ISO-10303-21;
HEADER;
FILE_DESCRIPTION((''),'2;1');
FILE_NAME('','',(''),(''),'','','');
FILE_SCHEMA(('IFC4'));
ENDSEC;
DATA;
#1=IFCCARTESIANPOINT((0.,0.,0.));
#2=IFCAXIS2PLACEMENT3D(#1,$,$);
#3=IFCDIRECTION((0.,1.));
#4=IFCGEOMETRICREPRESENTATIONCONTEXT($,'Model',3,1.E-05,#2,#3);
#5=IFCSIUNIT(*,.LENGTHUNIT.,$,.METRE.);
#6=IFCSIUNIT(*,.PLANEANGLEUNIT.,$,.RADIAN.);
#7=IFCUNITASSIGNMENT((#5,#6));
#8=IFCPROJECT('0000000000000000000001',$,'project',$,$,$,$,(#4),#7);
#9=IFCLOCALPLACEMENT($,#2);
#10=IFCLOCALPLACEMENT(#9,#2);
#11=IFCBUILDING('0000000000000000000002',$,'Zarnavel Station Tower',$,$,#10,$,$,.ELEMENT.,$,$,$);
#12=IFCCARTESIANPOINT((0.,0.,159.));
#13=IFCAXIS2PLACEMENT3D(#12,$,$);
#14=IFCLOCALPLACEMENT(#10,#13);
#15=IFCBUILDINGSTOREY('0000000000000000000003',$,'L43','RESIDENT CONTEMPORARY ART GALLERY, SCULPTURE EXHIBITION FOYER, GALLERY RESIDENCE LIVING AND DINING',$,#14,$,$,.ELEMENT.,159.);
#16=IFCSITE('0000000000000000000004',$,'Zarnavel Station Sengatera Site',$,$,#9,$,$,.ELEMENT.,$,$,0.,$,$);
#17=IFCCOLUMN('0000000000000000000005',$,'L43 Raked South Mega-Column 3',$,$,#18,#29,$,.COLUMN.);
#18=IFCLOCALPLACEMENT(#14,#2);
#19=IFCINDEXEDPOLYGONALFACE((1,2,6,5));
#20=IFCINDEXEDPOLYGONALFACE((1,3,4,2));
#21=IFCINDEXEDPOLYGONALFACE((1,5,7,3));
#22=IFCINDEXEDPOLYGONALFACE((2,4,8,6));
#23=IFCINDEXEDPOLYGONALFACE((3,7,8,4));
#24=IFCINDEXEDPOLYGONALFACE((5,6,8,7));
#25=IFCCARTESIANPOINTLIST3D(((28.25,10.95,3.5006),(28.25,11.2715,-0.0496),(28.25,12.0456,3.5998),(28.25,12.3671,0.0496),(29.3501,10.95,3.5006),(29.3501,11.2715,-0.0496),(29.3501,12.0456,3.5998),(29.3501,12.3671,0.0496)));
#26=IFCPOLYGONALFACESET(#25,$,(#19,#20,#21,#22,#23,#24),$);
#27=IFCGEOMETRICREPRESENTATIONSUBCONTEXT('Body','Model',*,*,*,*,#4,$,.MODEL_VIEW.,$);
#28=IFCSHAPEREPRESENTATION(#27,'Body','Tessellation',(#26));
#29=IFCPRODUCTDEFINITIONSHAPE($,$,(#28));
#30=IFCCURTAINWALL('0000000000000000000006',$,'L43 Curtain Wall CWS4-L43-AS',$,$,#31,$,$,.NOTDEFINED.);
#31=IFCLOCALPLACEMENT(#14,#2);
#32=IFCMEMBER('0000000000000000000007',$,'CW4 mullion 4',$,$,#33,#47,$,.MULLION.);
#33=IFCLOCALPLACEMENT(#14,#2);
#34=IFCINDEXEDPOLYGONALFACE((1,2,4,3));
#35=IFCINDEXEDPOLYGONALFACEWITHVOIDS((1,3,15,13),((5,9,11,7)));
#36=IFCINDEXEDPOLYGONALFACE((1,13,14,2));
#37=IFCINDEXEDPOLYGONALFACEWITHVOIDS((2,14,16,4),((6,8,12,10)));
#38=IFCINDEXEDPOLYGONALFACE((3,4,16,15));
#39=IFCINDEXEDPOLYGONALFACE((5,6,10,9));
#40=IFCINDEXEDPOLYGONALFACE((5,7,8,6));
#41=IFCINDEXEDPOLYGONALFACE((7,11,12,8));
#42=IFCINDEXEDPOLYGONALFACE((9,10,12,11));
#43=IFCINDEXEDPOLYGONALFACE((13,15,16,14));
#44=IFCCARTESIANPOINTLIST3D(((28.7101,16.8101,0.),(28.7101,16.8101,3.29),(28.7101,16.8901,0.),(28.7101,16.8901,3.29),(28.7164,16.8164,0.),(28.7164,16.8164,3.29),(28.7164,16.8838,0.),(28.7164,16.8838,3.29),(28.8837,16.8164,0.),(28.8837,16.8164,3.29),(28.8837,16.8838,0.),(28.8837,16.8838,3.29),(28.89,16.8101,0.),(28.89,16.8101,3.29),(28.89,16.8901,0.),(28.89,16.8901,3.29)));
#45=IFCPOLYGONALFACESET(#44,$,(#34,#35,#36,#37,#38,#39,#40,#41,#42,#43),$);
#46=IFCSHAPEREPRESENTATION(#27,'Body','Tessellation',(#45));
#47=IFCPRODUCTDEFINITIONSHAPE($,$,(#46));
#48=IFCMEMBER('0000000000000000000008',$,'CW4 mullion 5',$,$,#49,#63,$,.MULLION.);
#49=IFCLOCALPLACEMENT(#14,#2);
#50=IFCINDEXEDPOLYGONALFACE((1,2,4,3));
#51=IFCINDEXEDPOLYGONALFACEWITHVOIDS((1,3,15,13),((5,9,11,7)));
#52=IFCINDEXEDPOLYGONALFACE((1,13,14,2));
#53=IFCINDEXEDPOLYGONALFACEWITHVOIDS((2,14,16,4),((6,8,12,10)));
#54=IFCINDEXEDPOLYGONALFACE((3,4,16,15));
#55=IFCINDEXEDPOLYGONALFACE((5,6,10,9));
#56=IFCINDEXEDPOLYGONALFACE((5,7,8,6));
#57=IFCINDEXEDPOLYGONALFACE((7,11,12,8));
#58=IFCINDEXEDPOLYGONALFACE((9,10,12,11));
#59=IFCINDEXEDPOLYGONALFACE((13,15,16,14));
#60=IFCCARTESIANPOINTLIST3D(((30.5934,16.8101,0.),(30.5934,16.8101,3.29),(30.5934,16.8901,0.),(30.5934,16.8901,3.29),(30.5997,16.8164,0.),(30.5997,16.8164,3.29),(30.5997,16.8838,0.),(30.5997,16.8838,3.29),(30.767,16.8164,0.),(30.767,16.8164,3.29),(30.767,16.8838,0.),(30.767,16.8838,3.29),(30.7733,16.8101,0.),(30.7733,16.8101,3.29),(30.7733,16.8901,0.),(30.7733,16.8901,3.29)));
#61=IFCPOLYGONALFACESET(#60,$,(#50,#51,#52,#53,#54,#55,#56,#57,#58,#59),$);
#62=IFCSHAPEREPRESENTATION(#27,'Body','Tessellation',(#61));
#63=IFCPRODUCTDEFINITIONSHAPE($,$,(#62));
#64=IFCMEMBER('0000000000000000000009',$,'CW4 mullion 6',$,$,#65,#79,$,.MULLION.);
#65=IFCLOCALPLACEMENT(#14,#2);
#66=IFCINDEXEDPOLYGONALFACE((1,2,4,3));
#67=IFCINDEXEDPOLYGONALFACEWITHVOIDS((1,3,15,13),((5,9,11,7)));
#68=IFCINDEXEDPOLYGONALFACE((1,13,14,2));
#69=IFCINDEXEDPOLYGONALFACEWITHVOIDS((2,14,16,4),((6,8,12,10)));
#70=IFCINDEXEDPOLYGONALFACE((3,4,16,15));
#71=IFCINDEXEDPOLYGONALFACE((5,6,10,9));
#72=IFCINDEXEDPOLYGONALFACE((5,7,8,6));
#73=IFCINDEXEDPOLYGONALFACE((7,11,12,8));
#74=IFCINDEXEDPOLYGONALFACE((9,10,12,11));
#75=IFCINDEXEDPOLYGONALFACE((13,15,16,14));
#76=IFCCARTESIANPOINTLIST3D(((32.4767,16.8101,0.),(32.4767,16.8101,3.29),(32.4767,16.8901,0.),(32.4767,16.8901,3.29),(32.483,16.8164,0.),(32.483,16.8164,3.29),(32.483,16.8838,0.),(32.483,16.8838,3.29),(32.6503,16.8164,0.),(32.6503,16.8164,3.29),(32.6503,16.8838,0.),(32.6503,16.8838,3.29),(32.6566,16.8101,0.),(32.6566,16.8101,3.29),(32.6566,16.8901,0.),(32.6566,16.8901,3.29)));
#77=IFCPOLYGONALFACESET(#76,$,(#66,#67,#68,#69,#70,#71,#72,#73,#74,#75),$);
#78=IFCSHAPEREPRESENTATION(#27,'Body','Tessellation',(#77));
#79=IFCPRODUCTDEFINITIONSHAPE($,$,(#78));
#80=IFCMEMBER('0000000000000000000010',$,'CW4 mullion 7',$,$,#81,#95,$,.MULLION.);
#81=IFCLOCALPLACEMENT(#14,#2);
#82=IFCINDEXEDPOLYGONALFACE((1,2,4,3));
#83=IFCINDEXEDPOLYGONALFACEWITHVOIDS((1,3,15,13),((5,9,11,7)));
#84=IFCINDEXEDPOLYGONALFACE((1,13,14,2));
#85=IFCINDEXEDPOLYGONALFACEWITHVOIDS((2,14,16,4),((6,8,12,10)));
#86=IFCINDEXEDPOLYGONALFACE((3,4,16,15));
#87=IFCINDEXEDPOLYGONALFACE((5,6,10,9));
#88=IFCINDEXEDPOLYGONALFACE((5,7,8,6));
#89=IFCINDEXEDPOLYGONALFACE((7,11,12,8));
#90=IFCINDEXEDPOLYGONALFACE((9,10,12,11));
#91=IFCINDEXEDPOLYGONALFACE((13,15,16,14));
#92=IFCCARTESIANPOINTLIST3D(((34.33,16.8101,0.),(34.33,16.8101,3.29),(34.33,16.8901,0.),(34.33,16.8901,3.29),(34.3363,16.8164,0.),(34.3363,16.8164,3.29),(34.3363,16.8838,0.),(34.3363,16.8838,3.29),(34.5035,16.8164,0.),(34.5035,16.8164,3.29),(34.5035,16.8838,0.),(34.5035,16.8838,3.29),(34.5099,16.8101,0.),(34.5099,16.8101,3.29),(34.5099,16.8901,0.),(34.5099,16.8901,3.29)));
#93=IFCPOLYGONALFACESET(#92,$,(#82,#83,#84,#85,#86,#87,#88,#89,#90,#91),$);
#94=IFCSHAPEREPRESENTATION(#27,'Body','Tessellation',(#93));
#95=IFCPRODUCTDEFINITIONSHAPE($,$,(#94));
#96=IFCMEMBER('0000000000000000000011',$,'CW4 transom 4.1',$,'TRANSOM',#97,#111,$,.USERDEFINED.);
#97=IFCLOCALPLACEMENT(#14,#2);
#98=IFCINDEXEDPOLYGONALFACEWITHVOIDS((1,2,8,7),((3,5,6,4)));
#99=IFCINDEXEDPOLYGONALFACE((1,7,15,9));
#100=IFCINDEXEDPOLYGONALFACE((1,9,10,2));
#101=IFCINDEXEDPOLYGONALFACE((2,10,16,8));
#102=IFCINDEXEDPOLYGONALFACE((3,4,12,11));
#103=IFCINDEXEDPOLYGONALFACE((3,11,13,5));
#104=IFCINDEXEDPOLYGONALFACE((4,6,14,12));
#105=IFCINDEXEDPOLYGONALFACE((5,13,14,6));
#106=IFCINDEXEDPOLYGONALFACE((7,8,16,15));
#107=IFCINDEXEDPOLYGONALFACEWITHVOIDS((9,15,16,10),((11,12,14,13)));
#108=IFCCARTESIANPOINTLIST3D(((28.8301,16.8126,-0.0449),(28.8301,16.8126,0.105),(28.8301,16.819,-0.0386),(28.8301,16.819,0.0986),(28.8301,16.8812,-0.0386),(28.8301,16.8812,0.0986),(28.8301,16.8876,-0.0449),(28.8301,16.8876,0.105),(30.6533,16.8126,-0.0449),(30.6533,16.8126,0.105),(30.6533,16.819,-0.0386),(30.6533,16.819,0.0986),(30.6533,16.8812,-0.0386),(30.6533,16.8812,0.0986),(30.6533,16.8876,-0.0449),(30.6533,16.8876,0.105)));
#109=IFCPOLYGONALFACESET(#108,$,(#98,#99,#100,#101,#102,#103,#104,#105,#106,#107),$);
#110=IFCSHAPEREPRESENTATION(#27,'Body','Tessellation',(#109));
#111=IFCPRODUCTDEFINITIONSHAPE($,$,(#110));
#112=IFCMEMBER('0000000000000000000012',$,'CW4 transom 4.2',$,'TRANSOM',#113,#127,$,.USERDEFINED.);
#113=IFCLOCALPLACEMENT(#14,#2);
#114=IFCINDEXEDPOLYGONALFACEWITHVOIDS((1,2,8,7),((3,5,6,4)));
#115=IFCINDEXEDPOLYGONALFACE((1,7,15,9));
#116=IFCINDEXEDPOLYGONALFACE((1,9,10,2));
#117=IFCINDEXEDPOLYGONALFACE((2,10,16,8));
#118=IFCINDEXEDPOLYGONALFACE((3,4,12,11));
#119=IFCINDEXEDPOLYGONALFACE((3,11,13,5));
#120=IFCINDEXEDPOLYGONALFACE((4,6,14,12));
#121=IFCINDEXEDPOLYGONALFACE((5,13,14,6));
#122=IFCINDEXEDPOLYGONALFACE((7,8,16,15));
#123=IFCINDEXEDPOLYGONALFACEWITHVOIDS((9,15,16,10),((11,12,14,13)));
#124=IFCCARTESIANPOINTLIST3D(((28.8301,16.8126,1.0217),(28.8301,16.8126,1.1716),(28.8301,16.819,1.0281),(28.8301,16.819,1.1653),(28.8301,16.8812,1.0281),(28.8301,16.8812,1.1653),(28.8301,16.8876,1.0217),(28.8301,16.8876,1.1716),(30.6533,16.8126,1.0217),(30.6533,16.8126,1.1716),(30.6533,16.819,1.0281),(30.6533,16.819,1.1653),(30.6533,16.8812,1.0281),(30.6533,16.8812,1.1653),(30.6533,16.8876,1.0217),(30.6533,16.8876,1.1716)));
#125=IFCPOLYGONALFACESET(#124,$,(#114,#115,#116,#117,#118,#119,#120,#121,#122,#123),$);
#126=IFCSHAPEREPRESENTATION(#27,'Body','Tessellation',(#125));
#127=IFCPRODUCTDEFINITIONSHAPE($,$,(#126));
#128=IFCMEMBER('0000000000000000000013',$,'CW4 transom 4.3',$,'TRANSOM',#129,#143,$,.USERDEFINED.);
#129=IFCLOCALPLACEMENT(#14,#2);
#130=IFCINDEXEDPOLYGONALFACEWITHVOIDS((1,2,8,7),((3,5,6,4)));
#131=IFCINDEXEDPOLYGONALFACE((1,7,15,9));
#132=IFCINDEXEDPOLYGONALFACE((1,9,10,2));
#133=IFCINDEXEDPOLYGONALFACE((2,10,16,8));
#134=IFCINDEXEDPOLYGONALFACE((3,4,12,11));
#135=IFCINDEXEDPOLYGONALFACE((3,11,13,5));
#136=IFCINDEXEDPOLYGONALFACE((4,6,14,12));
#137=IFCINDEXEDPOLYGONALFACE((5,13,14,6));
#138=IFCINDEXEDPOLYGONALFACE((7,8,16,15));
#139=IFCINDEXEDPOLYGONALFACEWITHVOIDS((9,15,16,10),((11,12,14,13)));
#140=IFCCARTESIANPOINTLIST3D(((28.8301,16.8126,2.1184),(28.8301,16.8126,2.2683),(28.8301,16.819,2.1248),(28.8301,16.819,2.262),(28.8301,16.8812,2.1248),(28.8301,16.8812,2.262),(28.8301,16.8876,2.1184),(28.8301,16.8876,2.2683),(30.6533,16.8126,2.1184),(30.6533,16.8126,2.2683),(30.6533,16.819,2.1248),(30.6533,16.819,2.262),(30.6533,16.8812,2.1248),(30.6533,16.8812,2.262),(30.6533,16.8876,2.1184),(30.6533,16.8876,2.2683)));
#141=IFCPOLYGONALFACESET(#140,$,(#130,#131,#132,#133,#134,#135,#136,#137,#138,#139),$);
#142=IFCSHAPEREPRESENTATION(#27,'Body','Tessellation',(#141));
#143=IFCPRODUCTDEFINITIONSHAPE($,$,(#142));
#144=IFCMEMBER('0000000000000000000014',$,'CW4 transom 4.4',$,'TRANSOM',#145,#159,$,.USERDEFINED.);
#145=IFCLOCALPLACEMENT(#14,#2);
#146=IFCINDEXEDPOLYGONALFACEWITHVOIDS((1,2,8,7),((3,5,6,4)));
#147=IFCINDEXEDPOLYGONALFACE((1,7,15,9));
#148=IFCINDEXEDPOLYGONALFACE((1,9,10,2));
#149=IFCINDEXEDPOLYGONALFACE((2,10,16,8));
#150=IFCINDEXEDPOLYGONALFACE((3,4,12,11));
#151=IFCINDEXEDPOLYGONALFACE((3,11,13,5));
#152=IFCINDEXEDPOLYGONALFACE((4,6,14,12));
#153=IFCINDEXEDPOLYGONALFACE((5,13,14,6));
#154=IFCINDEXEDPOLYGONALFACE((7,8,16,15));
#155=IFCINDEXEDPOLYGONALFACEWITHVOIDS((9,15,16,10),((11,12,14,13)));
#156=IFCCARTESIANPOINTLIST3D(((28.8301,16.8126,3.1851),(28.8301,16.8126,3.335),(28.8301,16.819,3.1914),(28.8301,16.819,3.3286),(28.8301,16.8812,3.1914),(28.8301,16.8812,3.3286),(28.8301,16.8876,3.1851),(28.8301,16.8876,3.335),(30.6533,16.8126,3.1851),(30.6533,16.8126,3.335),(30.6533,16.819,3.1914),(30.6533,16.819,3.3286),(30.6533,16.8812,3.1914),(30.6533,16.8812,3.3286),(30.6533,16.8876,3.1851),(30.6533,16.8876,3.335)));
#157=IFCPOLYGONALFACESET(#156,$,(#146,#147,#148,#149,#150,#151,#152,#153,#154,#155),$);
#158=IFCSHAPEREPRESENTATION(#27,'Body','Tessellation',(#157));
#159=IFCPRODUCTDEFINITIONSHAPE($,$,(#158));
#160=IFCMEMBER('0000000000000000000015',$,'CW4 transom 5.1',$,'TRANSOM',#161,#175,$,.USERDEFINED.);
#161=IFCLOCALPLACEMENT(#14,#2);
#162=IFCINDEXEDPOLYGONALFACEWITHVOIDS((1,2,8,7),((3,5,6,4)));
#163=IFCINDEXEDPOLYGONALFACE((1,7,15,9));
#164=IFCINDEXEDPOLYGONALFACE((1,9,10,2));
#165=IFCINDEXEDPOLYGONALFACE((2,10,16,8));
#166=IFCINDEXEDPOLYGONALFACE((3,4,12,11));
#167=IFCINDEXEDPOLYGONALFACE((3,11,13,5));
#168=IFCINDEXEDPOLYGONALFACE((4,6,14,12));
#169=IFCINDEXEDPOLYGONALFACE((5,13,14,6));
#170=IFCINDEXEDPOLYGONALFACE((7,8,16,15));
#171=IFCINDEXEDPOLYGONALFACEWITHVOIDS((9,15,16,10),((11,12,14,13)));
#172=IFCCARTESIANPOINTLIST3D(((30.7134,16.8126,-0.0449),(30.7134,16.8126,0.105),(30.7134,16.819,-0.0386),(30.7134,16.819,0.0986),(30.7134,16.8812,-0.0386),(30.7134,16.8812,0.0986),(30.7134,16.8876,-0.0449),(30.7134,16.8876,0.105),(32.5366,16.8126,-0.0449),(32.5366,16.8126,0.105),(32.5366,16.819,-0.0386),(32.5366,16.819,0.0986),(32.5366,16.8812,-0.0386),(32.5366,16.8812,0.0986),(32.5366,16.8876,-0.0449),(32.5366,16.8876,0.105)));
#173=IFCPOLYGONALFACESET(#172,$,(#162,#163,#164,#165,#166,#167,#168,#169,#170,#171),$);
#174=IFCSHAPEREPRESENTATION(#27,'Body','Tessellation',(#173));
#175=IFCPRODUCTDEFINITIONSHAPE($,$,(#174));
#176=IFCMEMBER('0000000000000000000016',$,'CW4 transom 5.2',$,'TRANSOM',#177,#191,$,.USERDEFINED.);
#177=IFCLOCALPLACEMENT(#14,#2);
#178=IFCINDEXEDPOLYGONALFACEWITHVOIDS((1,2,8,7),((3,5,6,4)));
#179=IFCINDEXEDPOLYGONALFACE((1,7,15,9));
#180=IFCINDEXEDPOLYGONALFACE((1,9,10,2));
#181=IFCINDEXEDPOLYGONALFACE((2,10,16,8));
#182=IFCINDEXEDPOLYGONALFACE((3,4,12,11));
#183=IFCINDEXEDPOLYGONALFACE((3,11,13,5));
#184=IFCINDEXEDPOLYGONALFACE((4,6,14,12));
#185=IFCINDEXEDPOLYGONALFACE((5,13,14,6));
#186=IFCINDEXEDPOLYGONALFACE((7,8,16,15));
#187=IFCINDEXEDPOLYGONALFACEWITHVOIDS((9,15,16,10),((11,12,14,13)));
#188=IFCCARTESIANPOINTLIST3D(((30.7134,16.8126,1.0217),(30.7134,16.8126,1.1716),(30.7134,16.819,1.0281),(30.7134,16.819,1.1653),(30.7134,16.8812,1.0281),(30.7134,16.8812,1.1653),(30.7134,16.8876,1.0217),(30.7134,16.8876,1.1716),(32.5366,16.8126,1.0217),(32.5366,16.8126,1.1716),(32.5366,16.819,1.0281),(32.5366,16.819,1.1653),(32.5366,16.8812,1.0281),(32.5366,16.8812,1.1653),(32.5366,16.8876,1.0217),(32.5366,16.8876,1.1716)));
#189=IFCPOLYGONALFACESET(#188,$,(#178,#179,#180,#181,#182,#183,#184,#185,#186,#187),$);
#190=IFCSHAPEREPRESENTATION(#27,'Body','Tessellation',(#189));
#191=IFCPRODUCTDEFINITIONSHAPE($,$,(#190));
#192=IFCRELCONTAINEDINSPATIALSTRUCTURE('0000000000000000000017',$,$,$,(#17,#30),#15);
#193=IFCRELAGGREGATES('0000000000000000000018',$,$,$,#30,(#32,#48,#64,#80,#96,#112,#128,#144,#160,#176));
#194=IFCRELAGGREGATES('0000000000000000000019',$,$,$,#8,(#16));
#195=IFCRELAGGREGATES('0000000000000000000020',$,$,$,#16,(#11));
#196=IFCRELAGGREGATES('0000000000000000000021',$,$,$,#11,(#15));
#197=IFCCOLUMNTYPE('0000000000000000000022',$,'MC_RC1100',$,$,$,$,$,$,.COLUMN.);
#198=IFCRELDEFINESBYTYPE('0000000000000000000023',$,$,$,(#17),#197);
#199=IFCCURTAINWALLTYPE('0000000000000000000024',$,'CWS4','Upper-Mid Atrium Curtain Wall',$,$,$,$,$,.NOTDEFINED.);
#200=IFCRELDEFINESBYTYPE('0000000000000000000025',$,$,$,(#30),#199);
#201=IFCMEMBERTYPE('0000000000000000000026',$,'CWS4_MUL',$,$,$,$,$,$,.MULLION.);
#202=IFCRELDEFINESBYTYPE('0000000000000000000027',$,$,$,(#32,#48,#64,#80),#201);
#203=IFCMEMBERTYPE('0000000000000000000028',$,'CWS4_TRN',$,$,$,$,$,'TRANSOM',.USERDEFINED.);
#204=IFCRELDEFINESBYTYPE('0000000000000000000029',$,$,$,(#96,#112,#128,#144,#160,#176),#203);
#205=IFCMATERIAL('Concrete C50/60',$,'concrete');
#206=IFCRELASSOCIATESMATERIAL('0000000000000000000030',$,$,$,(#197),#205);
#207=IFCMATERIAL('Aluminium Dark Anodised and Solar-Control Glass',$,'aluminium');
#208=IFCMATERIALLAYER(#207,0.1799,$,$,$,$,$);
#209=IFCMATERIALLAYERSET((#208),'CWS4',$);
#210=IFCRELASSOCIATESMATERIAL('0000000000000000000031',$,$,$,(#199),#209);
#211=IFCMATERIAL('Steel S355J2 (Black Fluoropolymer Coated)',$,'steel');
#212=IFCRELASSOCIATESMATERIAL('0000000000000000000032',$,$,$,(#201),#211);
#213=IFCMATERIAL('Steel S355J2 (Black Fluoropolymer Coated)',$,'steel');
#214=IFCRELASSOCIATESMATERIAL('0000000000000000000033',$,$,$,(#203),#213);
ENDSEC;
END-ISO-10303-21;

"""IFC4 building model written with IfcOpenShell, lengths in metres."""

from ifc_helpers import new_model, si_unit, direction, frame, origin, origin_2d, place, context, subcontext, project, spatial, rectangle, hollow_rectangle, extrude, material, layer, layer_set, material_profile, profile_set, type_object, element, aggregate, save


model = new_model("IFC4")

# Units and contexts
model_context = context("Model", 3, precision=1e-05, world=origin(), true_north=direction((0.0, 1.0)))
body_context = subcontext(model_context, "Body", "Model", "MODEL_VIEW")
ifc_project = project(units=[si_unit("LENGTHUNIT", "METRE"), si_unit("PLANEANGLEUNIT", "RADIAN")], contexts=[model_context])

# Site, building, storey
site_placement = place(None, origin())
site = spatial("IfcSite", under=ifc_project, at=site_placement, Name="Zarnavel Station Sengatera Site", CompositionType="ELEMENT", RefElevation=0.0)
building_placement = place(site_placement, origin())
building = spatial("IfcBuilding", under=site, at=building_placement, Name="Zarnavel Station Tower", CompositionType="ELEMENT")
storey_placement = place(building_placement, frame((0.0, 0.0, 159.0)))
storey = spatial("IfcBuildingStorey", under=building, at=storey_placement, Name="L43", Description="RESIDENT CONTEMPORARY ART GALLERY, SCULPTURE EXHIBITION FOYER, GALLERY RESIDENCE LIVING AND DINING", CompositionType="ELEMENT", Elevation=159.0)

# Column
ifc_material_1 = material(Name="Concrete C50/60", Category="concrete")
ifc_material_profile_1 = material_profile(ifc_material_1, rectangle(XDim=1.1001, YDim=1.1001, at=origin_2d()), Name="RC1100x1100")
ifc_profile_set_1 = profile_set([ifc_material_profile_1], Name="Concrete C50/60")
column_type = type_object("IfcColumnType", Name="MC_RC1100", PredefinedType="COLUMN", material=ifc_profile_set_1)
column_placement = place(storey_placement, frame((28.8, 11.8193, 0.0), z_axis=(0.0, -0.090202, 0.995923), x_axis=(1.0, 0.0, 0.0)))
element("IfcColumn", 1, at=column_placement, inside=storey, type_object=column_type, Name="L43 Raked South Mega-Column 3", PredefinedType="COLUMN", context=body_context, shape_type="SweptSolid", body=[
    extrude(rectangle(XDim=1.1001, YDim=1.1001, at=origin_2d()), origin(), (0.0, 0.0, 1.0), 3.5647),
])

# Curtain wall, members
ifc_material_2 = material(Name="Aluminium Dark Anodised and Solar-Control Glass", Category="aluminium")
ifc_layer_1 = layer(ifc_material_2, 0.1799)
ifc_layer_set_1 = layer_set([ifc_layer_1], Name="CWS4")
curtain_wall_type = type_object("IfcCurtainWallType", Name="CWS4", Description="Upper-Mid Atrium Curtain Wall", PredefinedType="NOTDEFINED", material=ifc_layer_set_1)
curtain_wall_placement = place(storey_placement, origin())
curtain_wall = element("IfcCurtainWall", 2, at=curtain_wall_placement, inside=storey, type_object=curtain_wall_type, Name="L43 Curtain Wall CWS4-L43-AS", PredefinedType="NOTDEFINED")
ifc_material_3 = material(Name="Steel S355J2 (Black Fluoropolymer Coated)", Category="steel")
ifc_material_profile_2 = material_profile(ifc_material_3, hollow_rectangle(XDim=0.0801, YDim=0.1799, WallThickness=0.0063, at=origin_2d()), Name="RHS180x80x6.3")
ifc_profile_set_2 = profile_set([ifc_material_profile_2], Name="Steel S355J2 (Black Fluoropolymer Coated)")
member_type_1 = type_object("IfcMemberType", Name="CWS4_MUL", PredefinedType="MULLION", material=ifc_profile_set_2)
member_1_placement = place(storey_placement, frame((28.8, 16.8501, 0.0), z_axis=(0.0, 0.0, 1.0), x_axis=(0.0, 1.0, 0.0)))
member_1 = element("IfcMember", 3, at=member_1_placement, type_object=member_type_1, Name="CW4 mullion 4", PredefinedType="MULLION", context=body_context, shape_type="SweptSolid", body=[
    extrude(hollow_rectangle(XDim=0.0801, YDim=0.1799, WallThickness=0.0063, at=origin_2d()), origin(), (0.0, 0.0, 1.0), 3.29),
])
member_2_placement = place(storey_placement, frame((30.6833, 16.8501, 0.0), z_axis=(0.0, 0.0, 1.0), x_axis=(0.0, 1.0, 0.0)))
member_2 = element("IfcMember", 4, at=member_2_placement, type_object=member_type_1, Name="CW4 mullion 5", PredefinedType="MULLION", context=body_context, shape_type="SweptSolid", body=[
    extrude(hollow_rectangle(XDim=0.0801, YDim=0.1799, WallThickness=0.0063, at=origin_2d()), origin(), (0.0, 0.0, 1.0), 3.29),
])
member_3_placement = place(storey_placement, frame((32.5667, 16.8501, 0.0), z_axis=(0.0, 0.0, 1.0), x_axis=(0.0, 1.0, 0.0)))
member_3 = element("IfcMember", 5, at=member_3_placement, type_object=member_type_1, Name="CW4 mullion 6", PredefinedType="MULLION", context=body_context, shape_type="SweptSolid", body=[
    extrude(hollow_rectangle(XDim=0.0801, YDim=0.1799, WallThickness=0.0063, at=origin_2d()), origin(), (0.0, 0.0, 1.0), 3.29),
])
member_4_placement = place(storey_placement, frame((34.4199, 16.8501, 0.0), z_axis=(0.0, 0.0, 1.0), x_axis=(0.0, 1.0, 0.0)))
member_4 = element("IfcMember", 6, at=member_4_placement, type_object=member_type_1, Name="CW4 mullion 7", PredefinedType="MULLION", context=body_context, shape_type="SweptSolid", body=[
    extrude(hollow_rectangle(XDim=0.0801, YDim=0.1799, WallThickness=0.0063, at=origin_2d()), origin(), (0.0, 0.0, 1.0), 3.29),
])
ifc_material_4 = material(Name="Steel S355J2 (Black Fluoropolymer Coated)", Category="steel")
ifc_material_profile_3 = material_profile(ifc_material_4, hollow_rectangle(XDim=0.075, YDim=0.1499, WallThickness=0.0063, at=origin_2d()), Name="RHS150x75x6.3")
ifc_profile_set_3 = profile_set([ifc_material_profile_3], Name="Steel S355J2 (Black Fluoropolymer Coated)")
member_type_2 = type_object("IfcMemberType", Name="CWS4_TRN", ElementType="TRANSOM", PredefinedType="USERDEFINED", material=ifc_profile_set_3)
member_5_placement = place(storey_placement, frame((28.8301, 16.8501, 0.03), z_axis=(1.0, 0.0, 0.0), x_axis=(0.0, 1.0, 0.0)))
member_5 = element("IfcMember", 7, at=member_5_placement, type_object=member_type_2, Name="CW4 transom 4.1", ObjectType="TRANSOM", PredefinedType="USERDEFINED", context=body_context, shape_type="SweptSolid", body=[
    extrude(hollow_rectangle(XDim=0.075, YDim=0.1499, WallThickness=0.0063, at=origin_2d()), origin(), (0.0, 0.0, 1.0), 1.8232),
])
member_6_placement = place(storey_placement, frame((28.8301, 16.8501, 1.0967), z_axis=(1.0, 0.0, 0.0), x_axis=(0.0, 1.0, 0.0)))
member_6 = element("IfcMember", 8, at=member_6_placement, type_object=member_type_2, Name="CW4 transom 4.2", ObjectType="TRANSOM", PredefinedType="USERDEFINED", context=body_context, shape_type="SweptSolid", body=[
    extrude(hollow_rectangle(XDim=0.075, YDim=0.1499, WallThickness=0.0063, at=origin_2d()), origin(), (0.0, 0.0, 1.0), 1.8232),
])
member_7_placement = place(storey_placement, frame((28.8301, 16.8501, 2.1934), z_axis=(1.0, 0.0, 0.0), x_axis=(0.0, 1.0, 0.0)))
member_7 = element("IfcMember", 9, at=member_7_placement, type_object=member_type_2, Name="CW4 transom 4.3", ObjectType="TRANSOM", PredefinedType="USERDEFINED", context=body_context, shape_type="SweptSolid", body=[
    extrude(hollow_rectangle(XDim=0.075, YDim=0.1499, WallThickness=0.0063, at=origin_2d()), origin(), (0.0, 0.0, 1.0), 1.8232),
])
member_8_placement = place(storey_placement, frame((28.8301, 16.8501, 3.26), z_axis=(1.0, 0.0, 0.0), x_axis=(0.0, 1.0, 0.0)))
member_8 = element("IfcMember", 10, at=member_8_placement, type_object=member_type_2, Name="CW4 transom 4.4", ObjectType="TRANSOM", PredefinedType="USERDEFINED", context=body_context, shape_type="SweptSolid", body=[
    extrude(hollow_rectangle(XDim=0.075, YDim=0.1499, WallThickness=0.0063, at=origin_2d()), origin(), (0.0, 0.0, 1.0), 1.8232),
])
member_9_placement = place(storey_placement, frame((30.7134, 16.8501, 0.03), z_axis=(1.0, 0.0, 0.0), x_axis=(0.0, 1.0, 0.0)))
member_9 = element("IfcMember", 11, at=member_9_placement, type_object=member_type_2, Name="CW4 transom 5.1", ObjectType="TRANSOM", PredefinedType="USERDEFINED", context=body_context, shape_type="SweptSolid", body=[
    extrude(hollow_rectangle(XDim=0.075, YDim=0.1499, WallThickness=0.0063, at=origin_2d()), origin(), (0.0, 0.0, 1.0), 1.8232),
])
member_10_placement = place(storey_placement, frame((30.7134, 16.8501, 1.0967), z_axis=(1.0, 0.0, 0.0), x_axis=(0.0, 1.0, 0.0)))
member_10 = element("IfcMember", 12, at=member_10_placement, type_object=member_type_2, Name="CW4 transom 5.2", ObjectType="TRANSOM", PredefinedType="USERDEFINED", context=body_context, shape_type="SweptSolid", body=[
    extrude(hollow_rectangle(XDim=0.075, YDim=0.1499, WallThickness=0.0063, at=origin_2d()), origin(), (0.0, 0.0, 1.0), 1.8232),
])

aggregate(curtain_wall, [member_1, member_2, member_3, member_4, member_5, member_6, member_7, member_8, member_9, member_10])

save(model, "model.ifc")
